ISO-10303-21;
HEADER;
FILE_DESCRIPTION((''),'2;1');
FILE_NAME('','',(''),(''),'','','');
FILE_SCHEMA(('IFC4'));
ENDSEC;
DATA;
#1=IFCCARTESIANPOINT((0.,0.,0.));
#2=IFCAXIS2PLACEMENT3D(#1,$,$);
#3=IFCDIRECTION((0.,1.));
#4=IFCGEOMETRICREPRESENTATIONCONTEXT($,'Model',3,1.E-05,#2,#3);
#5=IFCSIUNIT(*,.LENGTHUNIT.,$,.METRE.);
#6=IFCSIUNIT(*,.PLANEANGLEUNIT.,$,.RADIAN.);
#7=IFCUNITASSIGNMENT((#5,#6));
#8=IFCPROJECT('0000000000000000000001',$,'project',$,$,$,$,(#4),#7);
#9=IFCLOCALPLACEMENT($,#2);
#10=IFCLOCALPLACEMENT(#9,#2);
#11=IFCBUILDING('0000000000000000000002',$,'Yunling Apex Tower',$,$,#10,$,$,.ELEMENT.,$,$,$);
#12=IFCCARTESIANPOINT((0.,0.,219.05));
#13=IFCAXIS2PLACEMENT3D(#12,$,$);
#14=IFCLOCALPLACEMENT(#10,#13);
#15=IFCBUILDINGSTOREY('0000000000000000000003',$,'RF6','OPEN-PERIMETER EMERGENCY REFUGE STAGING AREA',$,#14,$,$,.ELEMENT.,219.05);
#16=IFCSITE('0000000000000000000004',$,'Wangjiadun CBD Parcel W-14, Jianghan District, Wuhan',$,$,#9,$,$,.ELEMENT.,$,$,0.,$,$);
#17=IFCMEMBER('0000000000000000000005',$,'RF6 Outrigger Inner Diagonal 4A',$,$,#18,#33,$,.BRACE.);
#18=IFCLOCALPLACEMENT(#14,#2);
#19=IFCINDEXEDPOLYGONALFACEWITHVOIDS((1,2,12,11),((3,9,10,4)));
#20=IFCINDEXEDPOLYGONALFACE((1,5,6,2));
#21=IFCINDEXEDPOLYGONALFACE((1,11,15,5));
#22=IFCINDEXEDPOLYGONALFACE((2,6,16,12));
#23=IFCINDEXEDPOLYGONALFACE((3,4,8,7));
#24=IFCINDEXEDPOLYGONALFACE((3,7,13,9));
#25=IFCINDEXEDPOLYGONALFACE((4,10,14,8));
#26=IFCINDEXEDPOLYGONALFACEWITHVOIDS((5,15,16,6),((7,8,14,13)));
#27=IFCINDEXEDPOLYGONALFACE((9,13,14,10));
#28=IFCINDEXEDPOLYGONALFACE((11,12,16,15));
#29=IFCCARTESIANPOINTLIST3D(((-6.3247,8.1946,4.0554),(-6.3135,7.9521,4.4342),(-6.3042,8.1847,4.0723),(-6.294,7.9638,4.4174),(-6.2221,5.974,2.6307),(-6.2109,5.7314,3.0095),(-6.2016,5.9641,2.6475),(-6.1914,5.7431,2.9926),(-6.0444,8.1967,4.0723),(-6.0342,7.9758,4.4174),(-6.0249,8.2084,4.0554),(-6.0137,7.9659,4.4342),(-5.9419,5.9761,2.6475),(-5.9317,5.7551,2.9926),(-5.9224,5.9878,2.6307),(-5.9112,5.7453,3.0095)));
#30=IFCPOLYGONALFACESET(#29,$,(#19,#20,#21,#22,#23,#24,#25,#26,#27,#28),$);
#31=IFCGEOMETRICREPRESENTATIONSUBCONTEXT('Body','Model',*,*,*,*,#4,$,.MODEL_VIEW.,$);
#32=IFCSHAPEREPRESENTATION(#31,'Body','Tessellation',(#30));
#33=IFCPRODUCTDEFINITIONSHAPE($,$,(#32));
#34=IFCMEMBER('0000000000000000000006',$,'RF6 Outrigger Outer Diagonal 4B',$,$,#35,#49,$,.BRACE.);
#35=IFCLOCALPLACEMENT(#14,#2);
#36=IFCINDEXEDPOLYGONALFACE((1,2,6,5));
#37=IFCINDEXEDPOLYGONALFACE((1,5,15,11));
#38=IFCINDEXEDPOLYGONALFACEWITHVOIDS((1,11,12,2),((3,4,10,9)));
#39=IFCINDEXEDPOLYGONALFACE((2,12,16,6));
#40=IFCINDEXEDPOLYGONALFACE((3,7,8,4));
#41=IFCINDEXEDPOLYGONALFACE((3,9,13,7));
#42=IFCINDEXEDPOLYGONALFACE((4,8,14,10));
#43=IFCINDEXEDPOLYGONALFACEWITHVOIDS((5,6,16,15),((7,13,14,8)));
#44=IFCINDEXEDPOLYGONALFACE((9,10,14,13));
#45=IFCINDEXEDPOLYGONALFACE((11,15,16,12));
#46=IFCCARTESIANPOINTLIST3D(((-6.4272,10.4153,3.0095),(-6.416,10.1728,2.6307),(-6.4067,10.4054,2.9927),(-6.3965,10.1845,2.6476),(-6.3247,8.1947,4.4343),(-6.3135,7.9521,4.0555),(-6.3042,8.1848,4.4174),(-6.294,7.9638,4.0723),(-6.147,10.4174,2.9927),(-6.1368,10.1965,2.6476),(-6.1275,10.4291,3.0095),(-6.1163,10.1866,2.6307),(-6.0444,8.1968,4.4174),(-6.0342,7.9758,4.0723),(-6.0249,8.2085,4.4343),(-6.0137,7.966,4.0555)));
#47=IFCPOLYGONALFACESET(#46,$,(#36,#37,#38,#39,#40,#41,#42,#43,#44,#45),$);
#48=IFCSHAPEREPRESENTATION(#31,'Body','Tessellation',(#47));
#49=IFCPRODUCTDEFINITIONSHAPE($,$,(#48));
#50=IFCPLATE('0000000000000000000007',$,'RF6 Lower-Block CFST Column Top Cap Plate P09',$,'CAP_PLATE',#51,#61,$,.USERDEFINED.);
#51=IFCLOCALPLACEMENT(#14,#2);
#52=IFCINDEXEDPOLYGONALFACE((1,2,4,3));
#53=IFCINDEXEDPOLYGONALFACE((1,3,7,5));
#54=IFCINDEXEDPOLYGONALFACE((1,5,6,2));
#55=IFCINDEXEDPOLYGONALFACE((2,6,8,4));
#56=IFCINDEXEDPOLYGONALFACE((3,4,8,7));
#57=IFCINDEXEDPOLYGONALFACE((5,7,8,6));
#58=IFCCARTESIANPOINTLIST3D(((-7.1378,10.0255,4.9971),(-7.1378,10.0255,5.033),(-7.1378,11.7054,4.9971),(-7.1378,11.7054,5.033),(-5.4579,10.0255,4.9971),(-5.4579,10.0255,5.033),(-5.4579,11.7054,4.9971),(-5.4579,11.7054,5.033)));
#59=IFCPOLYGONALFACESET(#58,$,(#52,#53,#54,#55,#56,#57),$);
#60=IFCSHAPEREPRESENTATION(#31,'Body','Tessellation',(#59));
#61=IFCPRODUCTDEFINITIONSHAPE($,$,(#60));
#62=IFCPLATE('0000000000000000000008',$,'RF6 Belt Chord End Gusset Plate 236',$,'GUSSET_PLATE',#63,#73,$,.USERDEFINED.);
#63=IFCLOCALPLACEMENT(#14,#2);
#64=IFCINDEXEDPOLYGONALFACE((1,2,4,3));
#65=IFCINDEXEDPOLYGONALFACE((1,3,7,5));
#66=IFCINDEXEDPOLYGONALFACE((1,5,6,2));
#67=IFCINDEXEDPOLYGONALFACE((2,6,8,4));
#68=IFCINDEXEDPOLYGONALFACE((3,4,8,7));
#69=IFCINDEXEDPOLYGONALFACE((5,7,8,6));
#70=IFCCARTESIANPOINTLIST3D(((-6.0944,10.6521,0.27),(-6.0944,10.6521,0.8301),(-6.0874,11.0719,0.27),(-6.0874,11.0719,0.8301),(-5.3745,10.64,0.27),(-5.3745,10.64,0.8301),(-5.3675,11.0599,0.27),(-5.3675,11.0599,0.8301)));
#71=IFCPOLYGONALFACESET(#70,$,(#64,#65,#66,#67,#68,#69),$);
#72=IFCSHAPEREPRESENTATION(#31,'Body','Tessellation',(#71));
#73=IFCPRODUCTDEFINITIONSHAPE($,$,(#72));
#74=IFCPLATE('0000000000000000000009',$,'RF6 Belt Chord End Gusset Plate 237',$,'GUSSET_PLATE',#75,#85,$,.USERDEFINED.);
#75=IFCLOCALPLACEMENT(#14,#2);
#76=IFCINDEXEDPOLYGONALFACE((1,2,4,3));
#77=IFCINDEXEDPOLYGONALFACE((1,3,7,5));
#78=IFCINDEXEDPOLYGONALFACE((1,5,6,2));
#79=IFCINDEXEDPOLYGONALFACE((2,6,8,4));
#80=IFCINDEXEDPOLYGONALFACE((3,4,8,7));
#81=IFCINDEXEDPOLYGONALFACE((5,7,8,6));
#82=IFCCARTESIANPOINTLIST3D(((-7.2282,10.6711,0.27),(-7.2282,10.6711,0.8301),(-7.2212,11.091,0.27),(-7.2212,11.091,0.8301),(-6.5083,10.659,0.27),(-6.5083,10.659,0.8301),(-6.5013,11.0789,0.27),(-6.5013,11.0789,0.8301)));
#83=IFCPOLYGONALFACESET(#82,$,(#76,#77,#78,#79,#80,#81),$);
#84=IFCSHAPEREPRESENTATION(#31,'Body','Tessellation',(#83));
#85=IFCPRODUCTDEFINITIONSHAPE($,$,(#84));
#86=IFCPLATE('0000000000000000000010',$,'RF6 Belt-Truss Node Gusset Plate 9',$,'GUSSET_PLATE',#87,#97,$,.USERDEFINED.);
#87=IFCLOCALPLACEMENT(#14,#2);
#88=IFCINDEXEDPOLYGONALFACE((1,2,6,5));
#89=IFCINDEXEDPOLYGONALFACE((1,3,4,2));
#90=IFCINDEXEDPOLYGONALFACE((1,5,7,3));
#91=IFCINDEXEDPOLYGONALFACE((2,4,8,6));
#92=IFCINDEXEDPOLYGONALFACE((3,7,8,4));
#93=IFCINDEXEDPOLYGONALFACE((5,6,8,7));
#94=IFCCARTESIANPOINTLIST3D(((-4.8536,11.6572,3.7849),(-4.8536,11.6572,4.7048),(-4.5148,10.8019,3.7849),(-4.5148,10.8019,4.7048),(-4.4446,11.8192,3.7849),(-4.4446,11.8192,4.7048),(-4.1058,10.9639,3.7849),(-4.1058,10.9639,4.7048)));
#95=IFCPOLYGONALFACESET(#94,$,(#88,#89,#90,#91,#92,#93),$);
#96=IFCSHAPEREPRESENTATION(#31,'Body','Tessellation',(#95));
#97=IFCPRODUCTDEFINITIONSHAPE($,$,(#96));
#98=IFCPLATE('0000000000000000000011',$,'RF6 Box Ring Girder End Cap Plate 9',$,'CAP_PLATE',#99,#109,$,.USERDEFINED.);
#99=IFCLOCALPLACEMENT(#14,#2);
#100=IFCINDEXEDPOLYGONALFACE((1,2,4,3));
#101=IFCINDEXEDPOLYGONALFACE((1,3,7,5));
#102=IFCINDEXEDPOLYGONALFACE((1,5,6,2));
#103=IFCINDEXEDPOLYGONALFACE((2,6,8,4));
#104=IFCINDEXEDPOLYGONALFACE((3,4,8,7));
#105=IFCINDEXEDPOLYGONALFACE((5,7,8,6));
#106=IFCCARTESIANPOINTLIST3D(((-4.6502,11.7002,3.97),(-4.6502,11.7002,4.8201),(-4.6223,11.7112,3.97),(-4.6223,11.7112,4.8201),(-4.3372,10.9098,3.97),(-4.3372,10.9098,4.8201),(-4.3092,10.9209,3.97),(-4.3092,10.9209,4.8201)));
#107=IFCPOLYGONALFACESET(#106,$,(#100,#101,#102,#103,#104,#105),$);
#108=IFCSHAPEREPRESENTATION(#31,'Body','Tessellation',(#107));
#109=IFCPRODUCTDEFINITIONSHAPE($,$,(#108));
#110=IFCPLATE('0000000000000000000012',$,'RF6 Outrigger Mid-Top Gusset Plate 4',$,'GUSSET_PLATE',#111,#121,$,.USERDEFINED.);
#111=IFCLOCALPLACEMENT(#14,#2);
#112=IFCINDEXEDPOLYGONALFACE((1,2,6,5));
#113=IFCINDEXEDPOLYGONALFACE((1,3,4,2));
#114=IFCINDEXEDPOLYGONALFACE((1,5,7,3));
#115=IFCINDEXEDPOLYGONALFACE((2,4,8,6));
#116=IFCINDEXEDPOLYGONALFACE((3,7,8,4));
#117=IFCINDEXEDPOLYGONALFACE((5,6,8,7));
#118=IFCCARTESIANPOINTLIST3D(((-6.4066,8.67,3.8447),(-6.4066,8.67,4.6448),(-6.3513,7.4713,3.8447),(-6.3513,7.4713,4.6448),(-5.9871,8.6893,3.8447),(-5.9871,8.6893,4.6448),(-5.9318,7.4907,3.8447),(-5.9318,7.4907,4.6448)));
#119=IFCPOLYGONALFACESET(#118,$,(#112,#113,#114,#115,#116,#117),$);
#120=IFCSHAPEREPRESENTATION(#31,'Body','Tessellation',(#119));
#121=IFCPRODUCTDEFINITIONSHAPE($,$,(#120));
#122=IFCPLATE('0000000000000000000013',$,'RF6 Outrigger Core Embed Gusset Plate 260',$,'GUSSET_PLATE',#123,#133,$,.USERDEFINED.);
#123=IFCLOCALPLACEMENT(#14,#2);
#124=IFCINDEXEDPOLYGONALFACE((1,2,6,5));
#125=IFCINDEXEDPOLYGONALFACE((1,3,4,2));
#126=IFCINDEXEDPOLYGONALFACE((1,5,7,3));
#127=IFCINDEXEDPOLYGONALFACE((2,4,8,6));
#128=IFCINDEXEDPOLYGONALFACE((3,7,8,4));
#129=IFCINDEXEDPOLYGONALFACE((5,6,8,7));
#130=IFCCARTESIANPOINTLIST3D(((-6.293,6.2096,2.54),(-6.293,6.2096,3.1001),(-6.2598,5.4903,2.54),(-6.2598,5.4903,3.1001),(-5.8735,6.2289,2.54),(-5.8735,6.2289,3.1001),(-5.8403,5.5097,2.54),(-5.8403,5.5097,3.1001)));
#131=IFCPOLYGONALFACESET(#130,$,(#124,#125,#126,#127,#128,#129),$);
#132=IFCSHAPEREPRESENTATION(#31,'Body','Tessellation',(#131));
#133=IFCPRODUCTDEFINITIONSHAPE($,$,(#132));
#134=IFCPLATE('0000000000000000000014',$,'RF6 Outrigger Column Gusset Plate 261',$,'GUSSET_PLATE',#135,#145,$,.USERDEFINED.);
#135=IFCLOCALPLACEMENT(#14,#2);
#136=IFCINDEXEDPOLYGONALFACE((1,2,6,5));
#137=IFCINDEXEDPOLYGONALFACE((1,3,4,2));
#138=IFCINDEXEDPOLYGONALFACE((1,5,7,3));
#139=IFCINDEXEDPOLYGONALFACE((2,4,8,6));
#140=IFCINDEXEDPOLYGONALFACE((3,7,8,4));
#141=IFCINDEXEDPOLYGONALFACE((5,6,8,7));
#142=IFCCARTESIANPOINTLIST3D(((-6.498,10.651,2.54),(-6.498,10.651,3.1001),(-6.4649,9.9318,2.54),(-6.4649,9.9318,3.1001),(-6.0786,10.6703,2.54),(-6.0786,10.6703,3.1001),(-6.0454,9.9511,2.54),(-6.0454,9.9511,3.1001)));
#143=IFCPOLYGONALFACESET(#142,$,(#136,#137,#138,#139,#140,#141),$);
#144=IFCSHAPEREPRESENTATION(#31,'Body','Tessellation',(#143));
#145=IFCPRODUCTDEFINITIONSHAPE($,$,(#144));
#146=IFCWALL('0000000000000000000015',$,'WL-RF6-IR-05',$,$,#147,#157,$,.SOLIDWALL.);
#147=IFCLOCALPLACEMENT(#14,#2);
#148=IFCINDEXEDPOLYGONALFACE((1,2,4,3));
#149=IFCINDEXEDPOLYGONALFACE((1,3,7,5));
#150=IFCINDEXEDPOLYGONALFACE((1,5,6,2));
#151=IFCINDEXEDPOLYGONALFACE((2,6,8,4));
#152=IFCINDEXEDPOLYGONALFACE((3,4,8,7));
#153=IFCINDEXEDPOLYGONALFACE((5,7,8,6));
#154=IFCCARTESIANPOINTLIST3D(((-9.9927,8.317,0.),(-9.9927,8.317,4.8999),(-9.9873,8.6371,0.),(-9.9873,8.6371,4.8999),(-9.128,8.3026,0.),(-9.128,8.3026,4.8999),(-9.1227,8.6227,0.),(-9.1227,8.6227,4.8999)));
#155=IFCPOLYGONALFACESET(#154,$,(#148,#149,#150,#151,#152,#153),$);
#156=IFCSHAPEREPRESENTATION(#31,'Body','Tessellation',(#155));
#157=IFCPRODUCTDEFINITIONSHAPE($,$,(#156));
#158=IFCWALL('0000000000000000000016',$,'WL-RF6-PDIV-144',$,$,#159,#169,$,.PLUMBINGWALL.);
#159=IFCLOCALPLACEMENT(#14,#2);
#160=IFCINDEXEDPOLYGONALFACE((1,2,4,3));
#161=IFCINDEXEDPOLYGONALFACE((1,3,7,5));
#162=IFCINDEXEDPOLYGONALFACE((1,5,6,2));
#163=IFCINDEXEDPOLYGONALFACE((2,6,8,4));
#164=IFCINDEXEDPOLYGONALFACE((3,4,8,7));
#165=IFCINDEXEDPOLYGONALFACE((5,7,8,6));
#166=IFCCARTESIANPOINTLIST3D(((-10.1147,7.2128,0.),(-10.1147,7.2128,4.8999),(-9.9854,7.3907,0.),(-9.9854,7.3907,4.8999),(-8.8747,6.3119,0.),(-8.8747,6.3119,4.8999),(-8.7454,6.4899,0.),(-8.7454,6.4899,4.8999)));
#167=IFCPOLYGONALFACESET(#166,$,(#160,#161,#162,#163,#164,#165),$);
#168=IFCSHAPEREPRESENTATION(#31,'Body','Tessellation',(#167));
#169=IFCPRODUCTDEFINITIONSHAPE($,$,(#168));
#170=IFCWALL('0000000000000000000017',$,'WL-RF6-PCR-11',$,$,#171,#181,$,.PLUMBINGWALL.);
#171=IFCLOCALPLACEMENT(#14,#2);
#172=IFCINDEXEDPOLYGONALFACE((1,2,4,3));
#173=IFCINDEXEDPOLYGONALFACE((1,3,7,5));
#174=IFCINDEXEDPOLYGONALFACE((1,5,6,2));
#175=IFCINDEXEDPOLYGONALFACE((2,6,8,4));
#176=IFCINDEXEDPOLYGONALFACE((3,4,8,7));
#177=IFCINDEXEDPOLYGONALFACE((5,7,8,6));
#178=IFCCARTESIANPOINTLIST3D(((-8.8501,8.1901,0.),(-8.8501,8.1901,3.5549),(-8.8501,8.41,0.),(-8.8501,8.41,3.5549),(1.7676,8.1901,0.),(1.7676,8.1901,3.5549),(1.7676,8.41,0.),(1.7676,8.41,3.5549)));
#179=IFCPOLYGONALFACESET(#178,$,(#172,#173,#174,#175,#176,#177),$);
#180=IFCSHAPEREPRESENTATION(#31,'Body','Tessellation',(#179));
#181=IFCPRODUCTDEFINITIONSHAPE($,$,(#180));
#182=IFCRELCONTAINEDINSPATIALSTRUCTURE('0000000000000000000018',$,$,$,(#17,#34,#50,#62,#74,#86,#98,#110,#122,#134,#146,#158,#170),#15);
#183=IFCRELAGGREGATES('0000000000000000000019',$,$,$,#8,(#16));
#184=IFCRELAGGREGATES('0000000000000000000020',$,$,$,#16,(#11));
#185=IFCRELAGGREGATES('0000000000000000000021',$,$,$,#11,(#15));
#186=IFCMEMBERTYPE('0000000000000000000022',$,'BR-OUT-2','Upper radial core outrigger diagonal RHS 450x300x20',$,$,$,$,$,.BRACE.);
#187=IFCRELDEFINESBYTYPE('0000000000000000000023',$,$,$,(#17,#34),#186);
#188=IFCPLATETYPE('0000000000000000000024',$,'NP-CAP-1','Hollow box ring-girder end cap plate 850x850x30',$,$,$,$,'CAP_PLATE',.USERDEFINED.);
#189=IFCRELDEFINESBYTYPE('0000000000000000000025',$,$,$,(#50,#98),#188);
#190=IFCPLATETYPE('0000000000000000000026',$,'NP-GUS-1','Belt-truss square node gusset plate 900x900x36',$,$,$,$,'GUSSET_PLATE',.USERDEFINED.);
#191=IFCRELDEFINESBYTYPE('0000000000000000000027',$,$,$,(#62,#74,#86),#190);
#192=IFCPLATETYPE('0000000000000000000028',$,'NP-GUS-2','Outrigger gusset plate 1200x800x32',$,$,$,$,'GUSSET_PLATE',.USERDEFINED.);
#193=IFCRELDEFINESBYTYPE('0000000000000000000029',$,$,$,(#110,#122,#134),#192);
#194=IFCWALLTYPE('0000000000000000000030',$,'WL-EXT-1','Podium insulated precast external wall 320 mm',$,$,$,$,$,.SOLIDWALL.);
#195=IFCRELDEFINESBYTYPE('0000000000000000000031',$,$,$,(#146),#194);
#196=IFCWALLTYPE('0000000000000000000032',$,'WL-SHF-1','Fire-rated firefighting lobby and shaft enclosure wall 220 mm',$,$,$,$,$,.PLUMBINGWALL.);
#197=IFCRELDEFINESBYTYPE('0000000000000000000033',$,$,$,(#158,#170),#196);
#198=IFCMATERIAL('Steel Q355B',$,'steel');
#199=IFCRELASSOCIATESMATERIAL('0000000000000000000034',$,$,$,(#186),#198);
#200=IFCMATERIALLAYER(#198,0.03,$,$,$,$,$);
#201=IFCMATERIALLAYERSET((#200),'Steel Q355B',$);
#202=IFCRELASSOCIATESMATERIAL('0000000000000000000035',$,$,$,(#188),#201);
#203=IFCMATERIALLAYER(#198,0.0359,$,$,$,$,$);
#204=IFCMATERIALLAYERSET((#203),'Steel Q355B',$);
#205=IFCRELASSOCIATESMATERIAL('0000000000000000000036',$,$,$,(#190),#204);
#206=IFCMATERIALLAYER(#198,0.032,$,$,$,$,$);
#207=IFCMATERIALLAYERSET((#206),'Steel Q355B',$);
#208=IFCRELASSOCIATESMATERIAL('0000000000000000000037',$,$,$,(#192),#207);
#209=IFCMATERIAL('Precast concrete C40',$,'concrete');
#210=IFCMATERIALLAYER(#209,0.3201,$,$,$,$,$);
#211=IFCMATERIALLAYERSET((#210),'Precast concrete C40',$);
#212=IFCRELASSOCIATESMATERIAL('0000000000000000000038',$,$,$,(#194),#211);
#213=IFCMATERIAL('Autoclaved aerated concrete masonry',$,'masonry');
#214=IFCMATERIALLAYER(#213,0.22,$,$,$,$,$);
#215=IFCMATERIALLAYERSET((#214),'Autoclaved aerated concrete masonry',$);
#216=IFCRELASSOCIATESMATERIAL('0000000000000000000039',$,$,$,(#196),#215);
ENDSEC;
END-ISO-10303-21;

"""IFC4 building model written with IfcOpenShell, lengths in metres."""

from ifc_helpers import new_model, si_unit, direction, frame, frame_2d, origin, origin_2d, place, context, subcontext, project, spatial, rectangle, hollow_rectangle, extrude, source, transform, mapped, material, layer, layer_set, material_profile, profile_set, type_object, element, save


model = new_model("IFC4")

# Units and contexts
model_context = context("Model", 3, precision=1e-05, world=origin(), true_north=direction((0.0, 1.0)))
body_context = subcontext(model_context, "Body", "Model", "MODEL_VIEW")
ifc_project = project(units=[si_unit("LENGTHUNIT", "METRE"), si_unit("PLANEANGLEUNIT", "RADIAN")], contexts=[model_context])

# Site, building, storey
site_placement = place(None, origin())
site = spatial("IfcSite", under=ifc_project, at=site_placement, Name="Wangjiadun CBD Parcel W-14, Jianghan District, Wuhan", CompositionType="ELEMENT", RefElevation=0.0)
building_placement = place(site_placement, origin())
building = spatial("IfcBuilding", under=site, at=building_placement, Name="Yunling Apex Tower", CompositionType="ELEMENT")
storey_placement = place(building_placement, frame((0.0, 0.0, 219.05)))
storey = spatial("IfcBuildingStorey", under=building, at=storey_placement, Name="RF6", Description="OPEN-PERIMETER EMERGENCY REFUGE STAGING AREA", CompositionType="ELEMENT", Elevation=219.05)

# Shared definitions
ifc_material_1 = material(Name="Steel Q355B", Category="steel")

# Members
ifc_material_profile_1 = material_profile(ifc_material_1, hollow_rectangle(XDim=0.3, YDim=0.45, WallThickness=0.02, at=origin_2d()))
ifc_profile_set_1 = profile_set([ifc_material_profile_1], Name="Steel Q355B")
member_type_1 = type_object("IfcMemberType", Name="BR-OUT-2", Description="Upper radial core outrigger diagonal RHS 450x300x20", PredefinedType="BRACE", material=ifc_profile_set_1)
shared_shape_1 = source(origin(), body_context, "Body", "SweptSolid", [
    extrude(hollow_rectangle(XDim=0.3, YDim=0.45, WallThickness=0.02, at=origin_2d()), origin(), (0.0, 0.0, 1.0), 2.6404),
])
for number, where, z_axis, x_axis, name in (
    (1, (-6.0667, 5.8596, 2.8201), (-0.038834, 0.841024, 0.539602), (-0.998936, -0.046125, 0.0), "RF6 Outrigger Inner Diagonal 4A"),
    (2, (-6.1692, 8.0803, 4.2449), (-0.038834, 0.841024, -0.539602), (-0.998936, -0.046125, 0.0), "RF6 Outrigger Outer Diagonal 4B"),
):
    element("IfcMember", number, at=place(storey_placement, frame(where, z_axis=z_axis, x_axis=x_axis)), inside=storey, type_object=member_type_1, Name=name, PredefinedType="BRACE", context=body_context, shape_type="MappedRepresentation", body=[
        mapped(shared_shape_1, transform((0.0, 0.0, 0.0), scale=1.0)),
    ])

# Plates
ifc_layer_1 = layer(ifc_material_1, 0.03)
ifc_layer_set_1 = layer_set([ifc_layer_1], Name="Steel Q355B")
plate_type_1 = type_object("IfcPlateType", Name="NP-CAP-1", Description="Hollow box ring-girder end cap plate 850x850x30", ElementType="CAP_PLATE", PredefinedType="USERDEFINED", material=ifc_layer_set_1)
shared_shape_2 = source(origin(), body_context, "Body", "SweptSolid", [
    extrude(rectangle(XDim=1.6799, YDim=1.6799, at=origin_2d()), origin(), (0.0, 0.0, 1.0), 0.0359),
])
plate_1_placement = place(storey_placement, frame((-6.2979, 10.8655, 4.9971), z_axis=(0.0, 0.0, 1.0), x_axis=(1.0, 0.0, 0.0)))
element("IfcPlate", 3, at=plate_1_placement, inside=storey, type_object=plate_type_1, Name="RF6 Lower-Block CFST Column Top Cap Plate P09", ObjectType="CAP_PLATE", PredefinedType="USERDEFINED", context=body_context, shape_type="MappedRepresentation", body=[
    mapped(shared_shape_2, transform((0.0, 0.0, 0.0), scale=1.0)),
])
ifc_layer_2 = layer(ifc_material_1, 0.0359)
ifc_layer_set_2 = layer_set([ifc_layer_2], Name="Steel Q355B")
plate_type_2 = type_object("IfcPlateType", Name="NP-GUS-1", Description="Belt-truss square node gusset plate 900x900x36", ElementType="GUSSET_PLATE", PredefinedType="USERDEFINED", material=ifc_layer_set_2)
shared_shape_3 = source(origin(), body_context, "Body", "SweptSolid", [
    extrude(rectangle(XDim=0.72, YDim=0.4199, at=origin_2d()), origin(), (0.0, 0.0, 1.0), 0.5601),
])
for number, where, z_axis, x_axis, name in (
    (4, (-5.731, 10.856, 0.27), (0.0, 0.0, 1.0), (-0.99986, 0.016754, 0.0), "RF6 Belt Chord End Gusset Plate 236"),
    (5, (-6.8647, 10.875, 0.27), (0.0, 0.0, 1.0), (-0.99986, 0.016754, 0.0), "RF6 Belt Chord End Gusset Plate 237"),
):
    element("IfcPlate", number, at=place(storey_placement, frame(where, z_axis=z_axis, x_axis=x_axis)), inside=storey, type_object=plate_type_2, Name=name, ObjectType="GUSSET_PLATE", PredefinedType="USERDEFINED", context=body_context, shape_type="MappedRepresentation", body=[
        mapped(shared_shape_3, transform((0.0, 0.0, 0.0), scale=1.0)),
    ])
shared_shape_4 = source(origin(), body_context, "Body", "SweptSolid", [
    extrude(rectangle(XDim=0.9199, YDim=0.4399, at=origin_2d()), origin(), (0.0, 0.0, 1.0), 0.9199),
])
plate_2_placement = place(storey_placement, frame((-4.4797, 11.3105, 3.7849), z_axis=(0.0, 0.0, 1.0), x_axis=(-0.368287, 0.929712, 0.0)))
element("IfcPlate", 6, at=plate_2_placement, inside=storey, type_object=plate_type_2, Name="RF6 Belt-Truss Node Gusset Plate 9", ObjectType="GUSSET_PLATE", PredefinedType="USERDEFINED", context=body_context, shape_type="MappedRepresentation", body=[
    mapped(shared_shape_4, transform((0.0, 0.0, 0.0), scale=1.0)),
])
shared_shape_5 = source(origin(), body_context, "Body", "SweptSolid", [
    extrude(rectangle(XDim=0.8501, YDim=0.03, at=origin_2d()), origin(), (0.0, 0.0, 1.0), 0.8501),
])
plate_3_placement = place(storey_placement, frame((-4.4797, 11.3105, 3.97), z_axis=(0.0, 0.0, 1.0), x_axis=(-0.368287, 0.929712, 0.0)))
element("IfcPlate", 7, at=plate_3_placement, inside=storey, type_object=plate_type_1, Name="RF6 Box Ring Girder End Cap Plate 9", ObjectType="CAP_PLATE", PredefinedType="USERDEFINED", context=body_context, shape_type="MappedRepresentation", body=[
    mapped(shared_shape_5, transform((0.0, 0.0, 0.0), scale=1.0)),
])
ifc_layer_3 = layer(ifc_material_1, 0.032)
ifc_layer_set_3 = layer_set([ifc_layer_3], Name="Steel Q355B")
plate_type_3 = type_object("IfcPlateType", Name="NP-GUS-2", Description="Outrigger gusset plate 1200x800x32", ElementType="GUSSET_PLATE", PredefinedType="USERDEFINED", material=ifc_layer_set_3)
shared_shape_6 = source(origin(), body_context, "Body", "SweptSolid", [
    extrude(rectangle(XDim=1.2, YDim=0.4199, at=origin_2d()), origin(), (0.0, 0.0, 1.0), 0.8),
])
plate_4_placement = place(storey_placement, frame((-6.1692, 8.0803, 3.8447), z_axis=(0.0, 0.0, 1.0), x_axis=(-0.04606, 0.998939, 0.0)))
element("IfcPlate", 8, at=plate_4_placement, inside=storey, type_object=plate_type_3, Name="RF6 Outrigger Mid-Top Gusset Plate 4", ObjectType="GUSSET_PLATE", PredefinedType="USERDEFINED", context=body_context, shape_type="MappedRepresentation", body=[
    mapped(shared_shape_6, transform((0.0, 0.0, 0.0), scale=1.0)),
])
shared_shape_7 = source(origin(), body_context, "Body", "SweptSolid", [
    extrude(rectangle(XDim=0.72, YDim=0.4199, at=origin_2d()), origin(), (0.0, 0.0, 1.0), 0.5601),
])
for number, where, z_axis, x_axis, name in (
    (9, (-6.0667, 5.8596, 2.54), (0.0, 0.0, 1.0), (-0.04606, 0.998939, 0.0), "RF6 Outrigger Core Embed Gusset Plate 260"),
    (10, (-6.2717, 10.301, 2.54), (0.0, 0.0, 1.0), (-0.04606, 0.998939, 0.0), "RF6 Outrigger Column Gusset Plate 261"),
):
    element("IfcPlate", number, at=place(storey_placement, frame(where, z_axis=z_axis, x_axis=x_axis)), inside=storey, type_object=plate_type_3, Name=name, ObjectType="GUSSET_PLATE", PredefinedType="USERDEFINED", context=body_context, shape_type="MappedRepresentation", body=[
        mapped(shared_shape_7, transform((0.0, 0.0, 0.0), scale=1.0)),
    ])

# Walls
ifc_material_2 = material(Name="Precast concrete C40", Category="concrete")
ifc_layer_4 = layer(ifc_material_2, 0.3201)
ifc_layer_set_4 = layer_set([ifc_layer_4], Name="Precast concrete C40")
wall_type_1 = type_object("IfcWallType", Name="WL-EXT-1", Description="Podium insulated precast external wall 320 mm", PredefinedType="SOLIDWALL", material=ifc_layer_set_4)
wall_1_placement = place(storey_placement, frame((-9.99, 8.4771, 0.0), z_axis=(0.0, 0.0, 1.0), x_axis=(0.999861, -0.016655, 0.0)))
element("IfcWall", 11, at=wall_1_placement, inside=storey, type_object=wall_type_1, Name="WL-RF6-IR-05", PredefinedType="SOLIDWALL", context=body_context, shape_type="SweptSolid", body=[
    extrude(rectangle(XDim=0.8647, YDim=0.3201, at=frame_2d((0.4324, 0.0))), origin(), (0.0, 0.0, 1.0), 4.8999),
])
ifc_material_3 = material(Name="Autoclaved aerated concrete masonry", Category="masonry")
ifc_layer_5 = layer(ifc_material_3, 0.22)
ifc_layer_set_5 = layer_set([ifc_layer_5], Name="Autoclaved aerated concrete masonry")
wall_type_2 = type_object("IfcWallType", Name="WL-SHF-1", Description="Fire-rated firefighting lobby and shaft enclosure wall 220 mm", PredefinedType="PLUMBINGWALL", material=ifc_layer_set_5)
wall_2_placement = place(storey_placement, frame((-8.8101, 6.4009, 0.0), z_axis=(0.0, 0.0, 1.0), x_axis=(-0.809025, 0.587774, 0.0)))
element("IfcWall", 12, at=wall_2_placement, inside=storey, type_object=wall_type_2, Name="WL-RF6-PDIV-144", PredefinedType="PLUMBINGWALL", context=body_context, shape_type="SweptSolid", body=[
    extrude(rectangle(XDim=1.5327, YDim=0.22, at=frame_2d((0.7664, 0.0))), origin(), (0.0, 0.0, 1.0), 4.8999),
])
wall_3_placement = place(storey_placement, frame((-8.8501, 8.3, 0.0), z_axis=(0.0, 0.0, 1.0), x_axis=(1.0, 0.0, 0.0)))
element("IfcWall", 13, at=wall_3_placement, inside=storey, type_object=wall_type_2, Name="WL-RF6-PCR-11", PredefinedType="PLUMBINGWALL", context=body_context, shape_type="SweptSolid", body=[
    extrude(rectangle(XDim=10.6177, YDim=0.22, at=frame_2d((5.3088, 0.0))), origin(), (0.0, 0.0, 1.0), 3.5549),
])

save(model, "model.ifc")
